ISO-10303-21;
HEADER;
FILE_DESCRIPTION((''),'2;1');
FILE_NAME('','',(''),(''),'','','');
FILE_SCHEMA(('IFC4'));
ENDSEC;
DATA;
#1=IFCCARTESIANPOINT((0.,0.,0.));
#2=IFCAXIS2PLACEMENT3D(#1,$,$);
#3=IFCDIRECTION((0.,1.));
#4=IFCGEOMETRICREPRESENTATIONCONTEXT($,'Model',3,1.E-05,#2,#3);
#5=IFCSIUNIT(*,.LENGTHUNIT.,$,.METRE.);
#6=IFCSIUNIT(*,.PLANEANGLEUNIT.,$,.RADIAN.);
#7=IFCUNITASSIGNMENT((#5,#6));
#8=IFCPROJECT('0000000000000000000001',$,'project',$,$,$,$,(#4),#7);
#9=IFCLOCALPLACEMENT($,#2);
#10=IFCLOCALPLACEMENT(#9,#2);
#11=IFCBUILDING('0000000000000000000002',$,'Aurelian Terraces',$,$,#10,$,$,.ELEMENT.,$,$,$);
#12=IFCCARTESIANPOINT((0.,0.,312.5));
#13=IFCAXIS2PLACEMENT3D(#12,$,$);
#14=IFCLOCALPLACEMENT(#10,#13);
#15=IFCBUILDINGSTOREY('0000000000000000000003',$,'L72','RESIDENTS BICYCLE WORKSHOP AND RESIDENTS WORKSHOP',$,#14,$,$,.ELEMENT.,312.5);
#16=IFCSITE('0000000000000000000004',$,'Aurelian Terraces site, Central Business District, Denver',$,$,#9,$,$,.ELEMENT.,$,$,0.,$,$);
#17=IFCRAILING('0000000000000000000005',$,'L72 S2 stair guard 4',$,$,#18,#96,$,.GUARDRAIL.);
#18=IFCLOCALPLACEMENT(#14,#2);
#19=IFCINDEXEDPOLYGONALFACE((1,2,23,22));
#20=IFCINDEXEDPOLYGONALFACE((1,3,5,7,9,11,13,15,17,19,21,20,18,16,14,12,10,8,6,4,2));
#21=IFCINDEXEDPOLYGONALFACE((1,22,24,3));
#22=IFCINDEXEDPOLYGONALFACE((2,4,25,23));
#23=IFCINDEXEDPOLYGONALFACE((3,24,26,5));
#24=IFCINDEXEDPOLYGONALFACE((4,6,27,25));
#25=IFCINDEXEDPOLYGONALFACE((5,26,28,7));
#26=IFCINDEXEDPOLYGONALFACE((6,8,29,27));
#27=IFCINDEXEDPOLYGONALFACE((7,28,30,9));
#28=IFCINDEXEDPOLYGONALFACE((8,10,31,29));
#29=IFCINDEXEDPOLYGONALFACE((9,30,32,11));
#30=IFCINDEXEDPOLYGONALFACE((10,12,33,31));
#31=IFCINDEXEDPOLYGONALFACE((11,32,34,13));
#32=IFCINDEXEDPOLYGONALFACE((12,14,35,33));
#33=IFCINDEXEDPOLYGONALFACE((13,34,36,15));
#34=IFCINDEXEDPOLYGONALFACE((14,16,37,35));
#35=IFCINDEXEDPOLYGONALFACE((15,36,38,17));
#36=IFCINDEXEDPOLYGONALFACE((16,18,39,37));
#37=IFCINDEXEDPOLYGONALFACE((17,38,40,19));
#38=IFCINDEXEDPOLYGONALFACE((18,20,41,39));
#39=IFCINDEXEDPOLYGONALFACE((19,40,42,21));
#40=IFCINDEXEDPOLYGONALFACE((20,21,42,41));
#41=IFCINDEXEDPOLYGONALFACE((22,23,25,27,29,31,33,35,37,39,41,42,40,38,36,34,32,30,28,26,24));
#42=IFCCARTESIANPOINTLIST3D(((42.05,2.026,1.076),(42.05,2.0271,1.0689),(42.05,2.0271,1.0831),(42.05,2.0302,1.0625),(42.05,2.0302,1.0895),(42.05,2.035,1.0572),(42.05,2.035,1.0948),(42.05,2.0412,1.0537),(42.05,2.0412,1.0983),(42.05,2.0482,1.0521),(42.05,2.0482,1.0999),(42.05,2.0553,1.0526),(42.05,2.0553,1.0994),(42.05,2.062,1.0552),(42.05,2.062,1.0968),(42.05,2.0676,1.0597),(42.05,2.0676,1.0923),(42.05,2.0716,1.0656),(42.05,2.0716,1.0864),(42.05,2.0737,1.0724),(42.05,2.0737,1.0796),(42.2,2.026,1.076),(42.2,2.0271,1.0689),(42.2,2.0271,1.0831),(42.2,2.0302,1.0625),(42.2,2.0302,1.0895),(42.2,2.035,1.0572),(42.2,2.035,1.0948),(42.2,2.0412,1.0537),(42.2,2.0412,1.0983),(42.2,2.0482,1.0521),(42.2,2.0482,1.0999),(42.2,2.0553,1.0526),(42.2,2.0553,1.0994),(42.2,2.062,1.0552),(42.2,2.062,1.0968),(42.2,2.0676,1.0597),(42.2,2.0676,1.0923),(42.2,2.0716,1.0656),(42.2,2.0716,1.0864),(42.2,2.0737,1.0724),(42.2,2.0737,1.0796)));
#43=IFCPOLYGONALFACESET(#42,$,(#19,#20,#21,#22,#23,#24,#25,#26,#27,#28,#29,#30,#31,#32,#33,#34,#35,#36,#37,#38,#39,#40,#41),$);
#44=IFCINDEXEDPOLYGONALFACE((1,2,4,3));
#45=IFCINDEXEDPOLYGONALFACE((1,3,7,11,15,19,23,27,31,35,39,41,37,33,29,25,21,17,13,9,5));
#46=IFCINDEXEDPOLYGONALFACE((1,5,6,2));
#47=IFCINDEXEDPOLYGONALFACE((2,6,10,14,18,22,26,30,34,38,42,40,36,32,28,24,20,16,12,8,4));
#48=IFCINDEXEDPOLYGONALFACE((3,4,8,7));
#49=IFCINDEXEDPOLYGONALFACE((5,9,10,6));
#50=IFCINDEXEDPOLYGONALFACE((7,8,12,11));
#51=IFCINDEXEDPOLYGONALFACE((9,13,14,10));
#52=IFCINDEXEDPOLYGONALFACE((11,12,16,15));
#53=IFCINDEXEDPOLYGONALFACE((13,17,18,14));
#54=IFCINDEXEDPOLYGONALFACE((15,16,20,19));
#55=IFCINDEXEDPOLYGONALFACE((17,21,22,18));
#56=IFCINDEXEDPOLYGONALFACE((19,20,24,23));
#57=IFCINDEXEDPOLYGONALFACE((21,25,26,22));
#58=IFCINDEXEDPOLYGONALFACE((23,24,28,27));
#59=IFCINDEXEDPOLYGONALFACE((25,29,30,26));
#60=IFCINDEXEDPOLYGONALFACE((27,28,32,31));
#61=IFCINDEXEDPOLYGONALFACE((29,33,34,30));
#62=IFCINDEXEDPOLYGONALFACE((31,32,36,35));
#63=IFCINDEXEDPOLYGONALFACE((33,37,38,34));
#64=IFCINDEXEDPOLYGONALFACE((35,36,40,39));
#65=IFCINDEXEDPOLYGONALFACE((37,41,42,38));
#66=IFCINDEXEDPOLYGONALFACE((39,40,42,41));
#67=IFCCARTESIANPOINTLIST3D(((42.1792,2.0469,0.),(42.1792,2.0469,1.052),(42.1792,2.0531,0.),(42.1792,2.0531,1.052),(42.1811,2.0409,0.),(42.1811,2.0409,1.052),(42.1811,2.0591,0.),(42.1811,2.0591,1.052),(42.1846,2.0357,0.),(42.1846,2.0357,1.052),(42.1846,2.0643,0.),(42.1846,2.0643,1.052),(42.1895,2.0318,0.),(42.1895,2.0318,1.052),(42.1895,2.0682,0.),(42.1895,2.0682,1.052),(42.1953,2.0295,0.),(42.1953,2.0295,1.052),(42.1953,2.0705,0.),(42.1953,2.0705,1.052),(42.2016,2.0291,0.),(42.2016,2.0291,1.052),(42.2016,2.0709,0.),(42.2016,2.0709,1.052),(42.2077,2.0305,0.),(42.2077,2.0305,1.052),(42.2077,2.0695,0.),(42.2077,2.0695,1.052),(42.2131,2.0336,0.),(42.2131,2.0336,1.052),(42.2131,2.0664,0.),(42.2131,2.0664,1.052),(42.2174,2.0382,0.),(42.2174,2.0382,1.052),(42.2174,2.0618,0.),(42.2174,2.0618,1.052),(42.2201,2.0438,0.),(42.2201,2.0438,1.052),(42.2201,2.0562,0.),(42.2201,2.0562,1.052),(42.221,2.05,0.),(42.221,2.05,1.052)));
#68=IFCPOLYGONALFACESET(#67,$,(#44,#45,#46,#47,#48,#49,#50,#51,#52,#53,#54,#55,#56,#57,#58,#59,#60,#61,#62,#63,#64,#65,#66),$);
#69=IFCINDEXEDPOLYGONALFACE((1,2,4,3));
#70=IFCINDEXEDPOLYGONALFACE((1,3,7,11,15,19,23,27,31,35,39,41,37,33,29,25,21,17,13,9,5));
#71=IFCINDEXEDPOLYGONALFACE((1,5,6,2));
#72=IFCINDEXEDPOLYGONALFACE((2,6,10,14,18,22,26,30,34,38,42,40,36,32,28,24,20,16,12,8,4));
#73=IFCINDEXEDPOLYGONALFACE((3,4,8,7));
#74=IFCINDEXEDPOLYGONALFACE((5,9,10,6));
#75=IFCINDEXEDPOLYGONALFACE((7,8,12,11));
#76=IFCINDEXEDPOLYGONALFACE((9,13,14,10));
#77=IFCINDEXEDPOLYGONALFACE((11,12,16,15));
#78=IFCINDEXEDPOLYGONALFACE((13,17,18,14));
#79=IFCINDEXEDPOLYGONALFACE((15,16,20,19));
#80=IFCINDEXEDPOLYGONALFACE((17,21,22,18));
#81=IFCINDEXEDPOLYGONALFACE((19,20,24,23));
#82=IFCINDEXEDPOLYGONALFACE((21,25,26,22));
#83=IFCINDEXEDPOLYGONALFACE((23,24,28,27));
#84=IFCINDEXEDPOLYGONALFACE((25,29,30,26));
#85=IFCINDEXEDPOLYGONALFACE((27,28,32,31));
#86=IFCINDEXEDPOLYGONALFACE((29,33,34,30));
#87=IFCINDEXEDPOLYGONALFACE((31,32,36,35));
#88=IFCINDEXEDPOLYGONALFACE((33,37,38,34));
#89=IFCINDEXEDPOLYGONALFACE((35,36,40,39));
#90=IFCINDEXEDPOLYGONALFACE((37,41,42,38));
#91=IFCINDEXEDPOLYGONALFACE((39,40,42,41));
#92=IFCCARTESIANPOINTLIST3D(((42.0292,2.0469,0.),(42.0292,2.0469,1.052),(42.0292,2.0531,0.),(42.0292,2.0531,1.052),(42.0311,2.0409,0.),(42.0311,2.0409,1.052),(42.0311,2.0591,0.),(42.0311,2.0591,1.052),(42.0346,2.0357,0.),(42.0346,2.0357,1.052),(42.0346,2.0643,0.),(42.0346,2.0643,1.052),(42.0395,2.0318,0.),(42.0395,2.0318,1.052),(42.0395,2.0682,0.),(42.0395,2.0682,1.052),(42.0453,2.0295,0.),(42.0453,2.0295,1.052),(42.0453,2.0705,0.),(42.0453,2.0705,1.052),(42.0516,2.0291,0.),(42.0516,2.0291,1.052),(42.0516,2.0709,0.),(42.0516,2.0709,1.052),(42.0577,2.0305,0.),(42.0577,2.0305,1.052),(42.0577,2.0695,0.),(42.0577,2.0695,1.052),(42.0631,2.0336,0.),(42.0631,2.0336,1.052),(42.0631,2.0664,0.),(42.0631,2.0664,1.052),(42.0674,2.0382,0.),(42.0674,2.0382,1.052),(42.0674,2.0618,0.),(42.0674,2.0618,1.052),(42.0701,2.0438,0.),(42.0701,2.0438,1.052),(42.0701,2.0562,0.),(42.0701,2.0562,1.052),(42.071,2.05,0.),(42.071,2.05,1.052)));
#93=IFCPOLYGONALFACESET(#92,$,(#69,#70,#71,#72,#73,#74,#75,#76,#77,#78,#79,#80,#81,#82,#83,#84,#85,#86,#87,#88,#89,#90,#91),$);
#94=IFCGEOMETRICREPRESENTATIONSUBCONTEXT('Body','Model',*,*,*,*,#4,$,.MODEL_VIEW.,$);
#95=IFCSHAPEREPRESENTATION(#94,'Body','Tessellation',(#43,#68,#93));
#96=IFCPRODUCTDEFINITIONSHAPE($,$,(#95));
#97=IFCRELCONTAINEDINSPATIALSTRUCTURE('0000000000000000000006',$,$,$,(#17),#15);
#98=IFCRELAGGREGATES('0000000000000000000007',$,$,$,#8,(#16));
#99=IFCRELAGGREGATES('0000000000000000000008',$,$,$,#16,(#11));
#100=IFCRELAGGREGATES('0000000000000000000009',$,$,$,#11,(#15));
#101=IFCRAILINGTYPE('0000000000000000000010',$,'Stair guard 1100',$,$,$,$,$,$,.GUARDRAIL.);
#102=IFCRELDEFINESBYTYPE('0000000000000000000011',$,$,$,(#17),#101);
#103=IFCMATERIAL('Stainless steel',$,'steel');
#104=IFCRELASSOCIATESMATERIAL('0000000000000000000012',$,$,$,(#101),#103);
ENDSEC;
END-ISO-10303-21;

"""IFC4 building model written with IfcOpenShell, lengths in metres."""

from ifc_helpers import new_model, si_unit, direction, frame, origin, origin_2d, place, context, subcontext, project, spatial, circle, extrude, source, transform, mapped, material, type_object, element, save


model = new_model("IFC4")

# Units and contexts
model_context = context("Model", 3, precision=1e-05, world=origin(), true_north=direction((0.0, 1.0)))
body_context = subcontext(model_context, "Body", "Model", "MODEL_VIEW")
ifc_project = project(units=[si_unit("LENGTHUNIT", "METRE"), si_unit("PLANEANGLEUNIT", "RADIAN")], contexts=[model_context])

# Site, building, storey
site_placement = place(None, origin())
site = spatial("IfcSite", under=ifc_project, at=site_placement, Name="Aurelian Terraces site, Central Business District, Denver", CompositionType="ELEMENT", RefElevation=0.0)
building_placement = place(site_placement, origin())
building = spatial("IfcBuilding", under=site, at=building_placement, Name="Aurelian Terraces", CompositionType="ELEMENT")
storey_placement = place(building_placement, frame((0.0, 0.0, 312.5)))
storey = spatial("IfcBuildingStorey", under=building, at=storey_placement, Name="L72", Description="RESIDENTS BICYCLE WORKSHOP AND RESIDENTS WORKSHOP", CompositionType="ELEMENT", Elevation=312.5)

# Railing
ifc_material_1 = material(Name="Stainless steel", Category="steel")
railing_type_1 = type_object("IfcRailingType", Name="Stair guard 1100", PredefinedType="GUARDRAIL", material=ifc_material_1)
shared_shape_1 = source(origin(), body_context, "Body", "SweptSolid", [
    extrude(circle(Radius=0.024, at=origin_2d()), frame((0.0, 0.0, 1.076), z_axis=(-1.0, 0.0, 0.0), x_axis=(0.0, -1.0, 0.0)), (0.0, 0.0, 1.0), 0.15),
    extrude(circle(Radius=0.021, at=origin_2d()), origin(), (0.0, 0.0, 1.0), 1.052),
    extrude(circle(Radius=0.021, at=origin_2d()), frame((-0.15, 0.0, 0.0)), (0.0, 0.0, 1.0), 1.052),
])
for number, where, name in (
    (1, (42.2, 2.05, 0.0), "L72 S2 stair guard 4"),
):
    element("IfcRailing", number, at=place(storey_placement, frame(where)), inside=storey, type_object=railing_type_1, Name=name, PredefinedType="GUARDRAIL", context=body_context, shape_type="MappedRepresentation", body=[
        mapped(shared_shape_1, transform((0.0, 0.0, 0.0), scale=1.0)),
    ])

save(model, "model.ifc")
